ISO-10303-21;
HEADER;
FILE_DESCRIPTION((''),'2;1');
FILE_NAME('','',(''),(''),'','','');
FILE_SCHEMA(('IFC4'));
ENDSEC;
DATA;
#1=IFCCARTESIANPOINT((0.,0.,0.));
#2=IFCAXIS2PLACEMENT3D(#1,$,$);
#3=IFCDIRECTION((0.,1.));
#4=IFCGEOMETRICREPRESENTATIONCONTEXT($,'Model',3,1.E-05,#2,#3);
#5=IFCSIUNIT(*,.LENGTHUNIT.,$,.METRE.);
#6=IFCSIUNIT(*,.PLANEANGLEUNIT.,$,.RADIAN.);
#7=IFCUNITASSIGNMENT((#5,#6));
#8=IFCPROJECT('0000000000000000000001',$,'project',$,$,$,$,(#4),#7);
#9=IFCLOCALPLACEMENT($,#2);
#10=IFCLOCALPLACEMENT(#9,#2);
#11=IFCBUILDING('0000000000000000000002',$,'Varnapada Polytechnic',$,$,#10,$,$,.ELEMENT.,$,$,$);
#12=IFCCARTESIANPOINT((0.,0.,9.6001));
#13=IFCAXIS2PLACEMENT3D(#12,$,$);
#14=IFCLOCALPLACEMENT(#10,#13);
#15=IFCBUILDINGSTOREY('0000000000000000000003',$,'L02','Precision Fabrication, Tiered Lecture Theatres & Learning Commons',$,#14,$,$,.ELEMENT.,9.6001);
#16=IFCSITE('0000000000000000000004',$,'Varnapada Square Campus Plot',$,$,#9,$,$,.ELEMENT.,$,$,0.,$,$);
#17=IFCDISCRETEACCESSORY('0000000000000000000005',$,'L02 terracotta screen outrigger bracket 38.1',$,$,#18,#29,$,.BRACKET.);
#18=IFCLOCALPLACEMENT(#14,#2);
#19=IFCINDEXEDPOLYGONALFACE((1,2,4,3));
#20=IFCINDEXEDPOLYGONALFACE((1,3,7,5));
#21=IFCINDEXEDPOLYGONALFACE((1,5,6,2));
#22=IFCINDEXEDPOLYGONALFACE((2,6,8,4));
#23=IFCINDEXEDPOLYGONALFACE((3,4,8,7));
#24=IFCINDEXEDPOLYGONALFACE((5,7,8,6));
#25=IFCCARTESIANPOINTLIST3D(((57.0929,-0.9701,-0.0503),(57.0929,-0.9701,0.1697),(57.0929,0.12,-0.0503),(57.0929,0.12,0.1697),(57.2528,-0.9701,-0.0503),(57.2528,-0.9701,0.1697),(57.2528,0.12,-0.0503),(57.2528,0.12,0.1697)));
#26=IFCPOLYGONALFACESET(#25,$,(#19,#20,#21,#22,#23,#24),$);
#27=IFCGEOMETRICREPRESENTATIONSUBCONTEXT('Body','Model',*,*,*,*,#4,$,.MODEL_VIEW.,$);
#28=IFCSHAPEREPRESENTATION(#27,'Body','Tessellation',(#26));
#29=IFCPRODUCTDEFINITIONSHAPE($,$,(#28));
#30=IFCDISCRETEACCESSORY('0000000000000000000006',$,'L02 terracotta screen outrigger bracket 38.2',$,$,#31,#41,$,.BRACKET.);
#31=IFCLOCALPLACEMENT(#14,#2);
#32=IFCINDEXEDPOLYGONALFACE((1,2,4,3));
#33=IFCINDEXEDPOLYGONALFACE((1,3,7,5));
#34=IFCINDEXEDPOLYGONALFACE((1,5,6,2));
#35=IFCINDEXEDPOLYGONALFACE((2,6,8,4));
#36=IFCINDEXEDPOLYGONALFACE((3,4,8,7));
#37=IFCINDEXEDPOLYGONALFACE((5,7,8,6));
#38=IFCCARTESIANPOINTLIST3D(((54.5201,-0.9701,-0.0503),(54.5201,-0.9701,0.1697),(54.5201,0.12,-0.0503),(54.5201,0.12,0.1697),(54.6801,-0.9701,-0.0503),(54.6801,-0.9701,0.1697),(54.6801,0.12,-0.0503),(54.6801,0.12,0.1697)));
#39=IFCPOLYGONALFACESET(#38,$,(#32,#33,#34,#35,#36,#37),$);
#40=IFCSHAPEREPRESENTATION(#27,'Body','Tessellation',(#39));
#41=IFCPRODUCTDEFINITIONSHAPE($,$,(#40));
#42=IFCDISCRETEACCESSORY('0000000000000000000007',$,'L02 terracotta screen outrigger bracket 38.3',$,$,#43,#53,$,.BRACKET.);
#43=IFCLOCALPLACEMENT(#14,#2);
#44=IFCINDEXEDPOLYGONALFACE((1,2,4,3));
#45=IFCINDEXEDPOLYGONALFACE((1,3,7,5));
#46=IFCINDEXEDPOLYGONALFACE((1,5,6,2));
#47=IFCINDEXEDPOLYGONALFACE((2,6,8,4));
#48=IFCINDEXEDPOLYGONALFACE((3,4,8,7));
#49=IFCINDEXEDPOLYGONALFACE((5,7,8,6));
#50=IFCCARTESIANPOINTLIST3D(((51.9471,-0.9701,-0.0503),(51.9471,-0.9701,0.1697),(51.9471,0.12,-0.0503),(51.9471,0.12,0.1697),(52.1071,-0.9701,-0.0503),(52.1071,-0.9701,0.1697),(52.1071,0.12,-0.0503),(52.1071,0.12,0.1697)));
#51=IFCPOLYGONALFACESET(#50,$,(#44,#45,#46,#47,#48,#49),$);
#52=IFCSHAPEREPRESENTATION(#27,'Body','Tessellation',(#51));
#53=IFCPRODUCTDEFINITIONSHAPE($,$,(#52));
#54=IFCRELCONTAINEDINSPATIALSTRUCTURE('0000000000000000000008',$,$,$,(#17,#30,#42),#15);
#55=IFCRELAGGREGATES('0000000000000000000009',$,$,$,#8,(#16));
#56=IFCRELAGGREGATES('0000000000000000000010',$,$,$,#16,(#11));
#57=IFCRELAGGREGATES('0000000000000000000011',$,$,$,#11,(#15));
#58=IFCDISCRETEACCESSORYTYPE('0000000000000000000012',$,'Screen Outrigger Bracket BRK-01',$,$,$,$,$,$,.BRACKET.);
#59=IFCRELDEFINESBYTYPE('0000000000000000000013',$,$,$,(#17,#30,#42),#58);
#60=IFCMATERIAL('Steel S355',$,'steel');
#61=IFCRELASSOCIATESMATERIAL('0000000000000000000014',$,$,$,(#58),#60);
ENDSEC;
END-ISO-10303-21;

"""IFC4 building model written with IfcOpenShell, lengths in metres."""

from ifc_helpers import new_model, si_unit, direction, frame, origin, origin_2d, place, context, subcontext, project, spatial, rectangle, extrude, material, type_object, element, save


model = new_model("IFC4")

# Units and contexts
model_context = context("Model", 3, precision=1e-05, world=origin(), true_north=direction((0.0, 1.0)))
body_context = subcontext(model_context, "Body", "Model", "MODEL_VIEW")
ifc_project = project(units=[si_unit("LENGTHUNIT", "METRE"), si_unit("PLANEANGLEUNIT", "RADIAN")], contexts=[model_context])

# Site, building, storey
site_placement = place(None, origin())
site = spatial("IfcSite", under=ifc_project, at=site_placement, Name="Varnapada Square Campus Plot", CompositionType="ELEMENT", RefElevation=0.0)
building_placement = place(site_placement, origin())
building = spatial("IfcBuilding", under=site, at=building_placement, Name="Varnapada Polytechnic", CompositionType="ELEMENT")
storey_placement = place(building_placement, frame((0.0, 0.0, 9.6001)))
storey = spatial("IfcBuildingStorey", under=building, at=storey_placement, Name="L02", Description="Precision Fabrication, Tiered Lecture Theatres & Learning Commons", CompositionType="ELEMENT", Elevation=9.6001)

# Discrete accessories
ifc_material_1 = material(Name="Steel S355", Category="steel")
discrete_accessory_type = type_object("IfcDiscreteAccessoryType", Name="Screen Outrigger Bracket BRK-01", PredefinedType="BRACKET", material=ifc_material_1)
for number, where, z_axis, x_axis, name in (
    (1, (57.1729, -0.425, -0.0503), (0.0, 0.0, 1.0), (-1.0, 0.0, 0.0), "L02 terracotta screen outrigger bracket 38.1"),
    (2, (54.6001, -0.425, -0.0503), (0.0, 0.0, 1.0), (-1.0, 0.0, 0.0), "L02 terracotta screen outrigger bracket 38.2"),
    (3, (52.0271, -0.425, -0.0503), (0.0, 0.0, 1.0), (-1.0, 0.0, 0.0), "L02 terracotta screen outrigger bracket 38.3"),
):
    element("IfcDiscreteAccessory", number, at=place(storey_placement, frame(where, z_axis=z_axis, x_axis=x_axis)), inside=storey, type_object=discrete_accessory_type, Name=name, PredefinedType="BRACKET", context=body_context, shape_type="SweptSolid", body=[
        extrude(rectangle(XDim=0.1599, YDim=1.0901, at=origin_2d()), origin(), (0.0, 0.0, 1.0), 0.22),
    ])

save(model, "model.ifc")
